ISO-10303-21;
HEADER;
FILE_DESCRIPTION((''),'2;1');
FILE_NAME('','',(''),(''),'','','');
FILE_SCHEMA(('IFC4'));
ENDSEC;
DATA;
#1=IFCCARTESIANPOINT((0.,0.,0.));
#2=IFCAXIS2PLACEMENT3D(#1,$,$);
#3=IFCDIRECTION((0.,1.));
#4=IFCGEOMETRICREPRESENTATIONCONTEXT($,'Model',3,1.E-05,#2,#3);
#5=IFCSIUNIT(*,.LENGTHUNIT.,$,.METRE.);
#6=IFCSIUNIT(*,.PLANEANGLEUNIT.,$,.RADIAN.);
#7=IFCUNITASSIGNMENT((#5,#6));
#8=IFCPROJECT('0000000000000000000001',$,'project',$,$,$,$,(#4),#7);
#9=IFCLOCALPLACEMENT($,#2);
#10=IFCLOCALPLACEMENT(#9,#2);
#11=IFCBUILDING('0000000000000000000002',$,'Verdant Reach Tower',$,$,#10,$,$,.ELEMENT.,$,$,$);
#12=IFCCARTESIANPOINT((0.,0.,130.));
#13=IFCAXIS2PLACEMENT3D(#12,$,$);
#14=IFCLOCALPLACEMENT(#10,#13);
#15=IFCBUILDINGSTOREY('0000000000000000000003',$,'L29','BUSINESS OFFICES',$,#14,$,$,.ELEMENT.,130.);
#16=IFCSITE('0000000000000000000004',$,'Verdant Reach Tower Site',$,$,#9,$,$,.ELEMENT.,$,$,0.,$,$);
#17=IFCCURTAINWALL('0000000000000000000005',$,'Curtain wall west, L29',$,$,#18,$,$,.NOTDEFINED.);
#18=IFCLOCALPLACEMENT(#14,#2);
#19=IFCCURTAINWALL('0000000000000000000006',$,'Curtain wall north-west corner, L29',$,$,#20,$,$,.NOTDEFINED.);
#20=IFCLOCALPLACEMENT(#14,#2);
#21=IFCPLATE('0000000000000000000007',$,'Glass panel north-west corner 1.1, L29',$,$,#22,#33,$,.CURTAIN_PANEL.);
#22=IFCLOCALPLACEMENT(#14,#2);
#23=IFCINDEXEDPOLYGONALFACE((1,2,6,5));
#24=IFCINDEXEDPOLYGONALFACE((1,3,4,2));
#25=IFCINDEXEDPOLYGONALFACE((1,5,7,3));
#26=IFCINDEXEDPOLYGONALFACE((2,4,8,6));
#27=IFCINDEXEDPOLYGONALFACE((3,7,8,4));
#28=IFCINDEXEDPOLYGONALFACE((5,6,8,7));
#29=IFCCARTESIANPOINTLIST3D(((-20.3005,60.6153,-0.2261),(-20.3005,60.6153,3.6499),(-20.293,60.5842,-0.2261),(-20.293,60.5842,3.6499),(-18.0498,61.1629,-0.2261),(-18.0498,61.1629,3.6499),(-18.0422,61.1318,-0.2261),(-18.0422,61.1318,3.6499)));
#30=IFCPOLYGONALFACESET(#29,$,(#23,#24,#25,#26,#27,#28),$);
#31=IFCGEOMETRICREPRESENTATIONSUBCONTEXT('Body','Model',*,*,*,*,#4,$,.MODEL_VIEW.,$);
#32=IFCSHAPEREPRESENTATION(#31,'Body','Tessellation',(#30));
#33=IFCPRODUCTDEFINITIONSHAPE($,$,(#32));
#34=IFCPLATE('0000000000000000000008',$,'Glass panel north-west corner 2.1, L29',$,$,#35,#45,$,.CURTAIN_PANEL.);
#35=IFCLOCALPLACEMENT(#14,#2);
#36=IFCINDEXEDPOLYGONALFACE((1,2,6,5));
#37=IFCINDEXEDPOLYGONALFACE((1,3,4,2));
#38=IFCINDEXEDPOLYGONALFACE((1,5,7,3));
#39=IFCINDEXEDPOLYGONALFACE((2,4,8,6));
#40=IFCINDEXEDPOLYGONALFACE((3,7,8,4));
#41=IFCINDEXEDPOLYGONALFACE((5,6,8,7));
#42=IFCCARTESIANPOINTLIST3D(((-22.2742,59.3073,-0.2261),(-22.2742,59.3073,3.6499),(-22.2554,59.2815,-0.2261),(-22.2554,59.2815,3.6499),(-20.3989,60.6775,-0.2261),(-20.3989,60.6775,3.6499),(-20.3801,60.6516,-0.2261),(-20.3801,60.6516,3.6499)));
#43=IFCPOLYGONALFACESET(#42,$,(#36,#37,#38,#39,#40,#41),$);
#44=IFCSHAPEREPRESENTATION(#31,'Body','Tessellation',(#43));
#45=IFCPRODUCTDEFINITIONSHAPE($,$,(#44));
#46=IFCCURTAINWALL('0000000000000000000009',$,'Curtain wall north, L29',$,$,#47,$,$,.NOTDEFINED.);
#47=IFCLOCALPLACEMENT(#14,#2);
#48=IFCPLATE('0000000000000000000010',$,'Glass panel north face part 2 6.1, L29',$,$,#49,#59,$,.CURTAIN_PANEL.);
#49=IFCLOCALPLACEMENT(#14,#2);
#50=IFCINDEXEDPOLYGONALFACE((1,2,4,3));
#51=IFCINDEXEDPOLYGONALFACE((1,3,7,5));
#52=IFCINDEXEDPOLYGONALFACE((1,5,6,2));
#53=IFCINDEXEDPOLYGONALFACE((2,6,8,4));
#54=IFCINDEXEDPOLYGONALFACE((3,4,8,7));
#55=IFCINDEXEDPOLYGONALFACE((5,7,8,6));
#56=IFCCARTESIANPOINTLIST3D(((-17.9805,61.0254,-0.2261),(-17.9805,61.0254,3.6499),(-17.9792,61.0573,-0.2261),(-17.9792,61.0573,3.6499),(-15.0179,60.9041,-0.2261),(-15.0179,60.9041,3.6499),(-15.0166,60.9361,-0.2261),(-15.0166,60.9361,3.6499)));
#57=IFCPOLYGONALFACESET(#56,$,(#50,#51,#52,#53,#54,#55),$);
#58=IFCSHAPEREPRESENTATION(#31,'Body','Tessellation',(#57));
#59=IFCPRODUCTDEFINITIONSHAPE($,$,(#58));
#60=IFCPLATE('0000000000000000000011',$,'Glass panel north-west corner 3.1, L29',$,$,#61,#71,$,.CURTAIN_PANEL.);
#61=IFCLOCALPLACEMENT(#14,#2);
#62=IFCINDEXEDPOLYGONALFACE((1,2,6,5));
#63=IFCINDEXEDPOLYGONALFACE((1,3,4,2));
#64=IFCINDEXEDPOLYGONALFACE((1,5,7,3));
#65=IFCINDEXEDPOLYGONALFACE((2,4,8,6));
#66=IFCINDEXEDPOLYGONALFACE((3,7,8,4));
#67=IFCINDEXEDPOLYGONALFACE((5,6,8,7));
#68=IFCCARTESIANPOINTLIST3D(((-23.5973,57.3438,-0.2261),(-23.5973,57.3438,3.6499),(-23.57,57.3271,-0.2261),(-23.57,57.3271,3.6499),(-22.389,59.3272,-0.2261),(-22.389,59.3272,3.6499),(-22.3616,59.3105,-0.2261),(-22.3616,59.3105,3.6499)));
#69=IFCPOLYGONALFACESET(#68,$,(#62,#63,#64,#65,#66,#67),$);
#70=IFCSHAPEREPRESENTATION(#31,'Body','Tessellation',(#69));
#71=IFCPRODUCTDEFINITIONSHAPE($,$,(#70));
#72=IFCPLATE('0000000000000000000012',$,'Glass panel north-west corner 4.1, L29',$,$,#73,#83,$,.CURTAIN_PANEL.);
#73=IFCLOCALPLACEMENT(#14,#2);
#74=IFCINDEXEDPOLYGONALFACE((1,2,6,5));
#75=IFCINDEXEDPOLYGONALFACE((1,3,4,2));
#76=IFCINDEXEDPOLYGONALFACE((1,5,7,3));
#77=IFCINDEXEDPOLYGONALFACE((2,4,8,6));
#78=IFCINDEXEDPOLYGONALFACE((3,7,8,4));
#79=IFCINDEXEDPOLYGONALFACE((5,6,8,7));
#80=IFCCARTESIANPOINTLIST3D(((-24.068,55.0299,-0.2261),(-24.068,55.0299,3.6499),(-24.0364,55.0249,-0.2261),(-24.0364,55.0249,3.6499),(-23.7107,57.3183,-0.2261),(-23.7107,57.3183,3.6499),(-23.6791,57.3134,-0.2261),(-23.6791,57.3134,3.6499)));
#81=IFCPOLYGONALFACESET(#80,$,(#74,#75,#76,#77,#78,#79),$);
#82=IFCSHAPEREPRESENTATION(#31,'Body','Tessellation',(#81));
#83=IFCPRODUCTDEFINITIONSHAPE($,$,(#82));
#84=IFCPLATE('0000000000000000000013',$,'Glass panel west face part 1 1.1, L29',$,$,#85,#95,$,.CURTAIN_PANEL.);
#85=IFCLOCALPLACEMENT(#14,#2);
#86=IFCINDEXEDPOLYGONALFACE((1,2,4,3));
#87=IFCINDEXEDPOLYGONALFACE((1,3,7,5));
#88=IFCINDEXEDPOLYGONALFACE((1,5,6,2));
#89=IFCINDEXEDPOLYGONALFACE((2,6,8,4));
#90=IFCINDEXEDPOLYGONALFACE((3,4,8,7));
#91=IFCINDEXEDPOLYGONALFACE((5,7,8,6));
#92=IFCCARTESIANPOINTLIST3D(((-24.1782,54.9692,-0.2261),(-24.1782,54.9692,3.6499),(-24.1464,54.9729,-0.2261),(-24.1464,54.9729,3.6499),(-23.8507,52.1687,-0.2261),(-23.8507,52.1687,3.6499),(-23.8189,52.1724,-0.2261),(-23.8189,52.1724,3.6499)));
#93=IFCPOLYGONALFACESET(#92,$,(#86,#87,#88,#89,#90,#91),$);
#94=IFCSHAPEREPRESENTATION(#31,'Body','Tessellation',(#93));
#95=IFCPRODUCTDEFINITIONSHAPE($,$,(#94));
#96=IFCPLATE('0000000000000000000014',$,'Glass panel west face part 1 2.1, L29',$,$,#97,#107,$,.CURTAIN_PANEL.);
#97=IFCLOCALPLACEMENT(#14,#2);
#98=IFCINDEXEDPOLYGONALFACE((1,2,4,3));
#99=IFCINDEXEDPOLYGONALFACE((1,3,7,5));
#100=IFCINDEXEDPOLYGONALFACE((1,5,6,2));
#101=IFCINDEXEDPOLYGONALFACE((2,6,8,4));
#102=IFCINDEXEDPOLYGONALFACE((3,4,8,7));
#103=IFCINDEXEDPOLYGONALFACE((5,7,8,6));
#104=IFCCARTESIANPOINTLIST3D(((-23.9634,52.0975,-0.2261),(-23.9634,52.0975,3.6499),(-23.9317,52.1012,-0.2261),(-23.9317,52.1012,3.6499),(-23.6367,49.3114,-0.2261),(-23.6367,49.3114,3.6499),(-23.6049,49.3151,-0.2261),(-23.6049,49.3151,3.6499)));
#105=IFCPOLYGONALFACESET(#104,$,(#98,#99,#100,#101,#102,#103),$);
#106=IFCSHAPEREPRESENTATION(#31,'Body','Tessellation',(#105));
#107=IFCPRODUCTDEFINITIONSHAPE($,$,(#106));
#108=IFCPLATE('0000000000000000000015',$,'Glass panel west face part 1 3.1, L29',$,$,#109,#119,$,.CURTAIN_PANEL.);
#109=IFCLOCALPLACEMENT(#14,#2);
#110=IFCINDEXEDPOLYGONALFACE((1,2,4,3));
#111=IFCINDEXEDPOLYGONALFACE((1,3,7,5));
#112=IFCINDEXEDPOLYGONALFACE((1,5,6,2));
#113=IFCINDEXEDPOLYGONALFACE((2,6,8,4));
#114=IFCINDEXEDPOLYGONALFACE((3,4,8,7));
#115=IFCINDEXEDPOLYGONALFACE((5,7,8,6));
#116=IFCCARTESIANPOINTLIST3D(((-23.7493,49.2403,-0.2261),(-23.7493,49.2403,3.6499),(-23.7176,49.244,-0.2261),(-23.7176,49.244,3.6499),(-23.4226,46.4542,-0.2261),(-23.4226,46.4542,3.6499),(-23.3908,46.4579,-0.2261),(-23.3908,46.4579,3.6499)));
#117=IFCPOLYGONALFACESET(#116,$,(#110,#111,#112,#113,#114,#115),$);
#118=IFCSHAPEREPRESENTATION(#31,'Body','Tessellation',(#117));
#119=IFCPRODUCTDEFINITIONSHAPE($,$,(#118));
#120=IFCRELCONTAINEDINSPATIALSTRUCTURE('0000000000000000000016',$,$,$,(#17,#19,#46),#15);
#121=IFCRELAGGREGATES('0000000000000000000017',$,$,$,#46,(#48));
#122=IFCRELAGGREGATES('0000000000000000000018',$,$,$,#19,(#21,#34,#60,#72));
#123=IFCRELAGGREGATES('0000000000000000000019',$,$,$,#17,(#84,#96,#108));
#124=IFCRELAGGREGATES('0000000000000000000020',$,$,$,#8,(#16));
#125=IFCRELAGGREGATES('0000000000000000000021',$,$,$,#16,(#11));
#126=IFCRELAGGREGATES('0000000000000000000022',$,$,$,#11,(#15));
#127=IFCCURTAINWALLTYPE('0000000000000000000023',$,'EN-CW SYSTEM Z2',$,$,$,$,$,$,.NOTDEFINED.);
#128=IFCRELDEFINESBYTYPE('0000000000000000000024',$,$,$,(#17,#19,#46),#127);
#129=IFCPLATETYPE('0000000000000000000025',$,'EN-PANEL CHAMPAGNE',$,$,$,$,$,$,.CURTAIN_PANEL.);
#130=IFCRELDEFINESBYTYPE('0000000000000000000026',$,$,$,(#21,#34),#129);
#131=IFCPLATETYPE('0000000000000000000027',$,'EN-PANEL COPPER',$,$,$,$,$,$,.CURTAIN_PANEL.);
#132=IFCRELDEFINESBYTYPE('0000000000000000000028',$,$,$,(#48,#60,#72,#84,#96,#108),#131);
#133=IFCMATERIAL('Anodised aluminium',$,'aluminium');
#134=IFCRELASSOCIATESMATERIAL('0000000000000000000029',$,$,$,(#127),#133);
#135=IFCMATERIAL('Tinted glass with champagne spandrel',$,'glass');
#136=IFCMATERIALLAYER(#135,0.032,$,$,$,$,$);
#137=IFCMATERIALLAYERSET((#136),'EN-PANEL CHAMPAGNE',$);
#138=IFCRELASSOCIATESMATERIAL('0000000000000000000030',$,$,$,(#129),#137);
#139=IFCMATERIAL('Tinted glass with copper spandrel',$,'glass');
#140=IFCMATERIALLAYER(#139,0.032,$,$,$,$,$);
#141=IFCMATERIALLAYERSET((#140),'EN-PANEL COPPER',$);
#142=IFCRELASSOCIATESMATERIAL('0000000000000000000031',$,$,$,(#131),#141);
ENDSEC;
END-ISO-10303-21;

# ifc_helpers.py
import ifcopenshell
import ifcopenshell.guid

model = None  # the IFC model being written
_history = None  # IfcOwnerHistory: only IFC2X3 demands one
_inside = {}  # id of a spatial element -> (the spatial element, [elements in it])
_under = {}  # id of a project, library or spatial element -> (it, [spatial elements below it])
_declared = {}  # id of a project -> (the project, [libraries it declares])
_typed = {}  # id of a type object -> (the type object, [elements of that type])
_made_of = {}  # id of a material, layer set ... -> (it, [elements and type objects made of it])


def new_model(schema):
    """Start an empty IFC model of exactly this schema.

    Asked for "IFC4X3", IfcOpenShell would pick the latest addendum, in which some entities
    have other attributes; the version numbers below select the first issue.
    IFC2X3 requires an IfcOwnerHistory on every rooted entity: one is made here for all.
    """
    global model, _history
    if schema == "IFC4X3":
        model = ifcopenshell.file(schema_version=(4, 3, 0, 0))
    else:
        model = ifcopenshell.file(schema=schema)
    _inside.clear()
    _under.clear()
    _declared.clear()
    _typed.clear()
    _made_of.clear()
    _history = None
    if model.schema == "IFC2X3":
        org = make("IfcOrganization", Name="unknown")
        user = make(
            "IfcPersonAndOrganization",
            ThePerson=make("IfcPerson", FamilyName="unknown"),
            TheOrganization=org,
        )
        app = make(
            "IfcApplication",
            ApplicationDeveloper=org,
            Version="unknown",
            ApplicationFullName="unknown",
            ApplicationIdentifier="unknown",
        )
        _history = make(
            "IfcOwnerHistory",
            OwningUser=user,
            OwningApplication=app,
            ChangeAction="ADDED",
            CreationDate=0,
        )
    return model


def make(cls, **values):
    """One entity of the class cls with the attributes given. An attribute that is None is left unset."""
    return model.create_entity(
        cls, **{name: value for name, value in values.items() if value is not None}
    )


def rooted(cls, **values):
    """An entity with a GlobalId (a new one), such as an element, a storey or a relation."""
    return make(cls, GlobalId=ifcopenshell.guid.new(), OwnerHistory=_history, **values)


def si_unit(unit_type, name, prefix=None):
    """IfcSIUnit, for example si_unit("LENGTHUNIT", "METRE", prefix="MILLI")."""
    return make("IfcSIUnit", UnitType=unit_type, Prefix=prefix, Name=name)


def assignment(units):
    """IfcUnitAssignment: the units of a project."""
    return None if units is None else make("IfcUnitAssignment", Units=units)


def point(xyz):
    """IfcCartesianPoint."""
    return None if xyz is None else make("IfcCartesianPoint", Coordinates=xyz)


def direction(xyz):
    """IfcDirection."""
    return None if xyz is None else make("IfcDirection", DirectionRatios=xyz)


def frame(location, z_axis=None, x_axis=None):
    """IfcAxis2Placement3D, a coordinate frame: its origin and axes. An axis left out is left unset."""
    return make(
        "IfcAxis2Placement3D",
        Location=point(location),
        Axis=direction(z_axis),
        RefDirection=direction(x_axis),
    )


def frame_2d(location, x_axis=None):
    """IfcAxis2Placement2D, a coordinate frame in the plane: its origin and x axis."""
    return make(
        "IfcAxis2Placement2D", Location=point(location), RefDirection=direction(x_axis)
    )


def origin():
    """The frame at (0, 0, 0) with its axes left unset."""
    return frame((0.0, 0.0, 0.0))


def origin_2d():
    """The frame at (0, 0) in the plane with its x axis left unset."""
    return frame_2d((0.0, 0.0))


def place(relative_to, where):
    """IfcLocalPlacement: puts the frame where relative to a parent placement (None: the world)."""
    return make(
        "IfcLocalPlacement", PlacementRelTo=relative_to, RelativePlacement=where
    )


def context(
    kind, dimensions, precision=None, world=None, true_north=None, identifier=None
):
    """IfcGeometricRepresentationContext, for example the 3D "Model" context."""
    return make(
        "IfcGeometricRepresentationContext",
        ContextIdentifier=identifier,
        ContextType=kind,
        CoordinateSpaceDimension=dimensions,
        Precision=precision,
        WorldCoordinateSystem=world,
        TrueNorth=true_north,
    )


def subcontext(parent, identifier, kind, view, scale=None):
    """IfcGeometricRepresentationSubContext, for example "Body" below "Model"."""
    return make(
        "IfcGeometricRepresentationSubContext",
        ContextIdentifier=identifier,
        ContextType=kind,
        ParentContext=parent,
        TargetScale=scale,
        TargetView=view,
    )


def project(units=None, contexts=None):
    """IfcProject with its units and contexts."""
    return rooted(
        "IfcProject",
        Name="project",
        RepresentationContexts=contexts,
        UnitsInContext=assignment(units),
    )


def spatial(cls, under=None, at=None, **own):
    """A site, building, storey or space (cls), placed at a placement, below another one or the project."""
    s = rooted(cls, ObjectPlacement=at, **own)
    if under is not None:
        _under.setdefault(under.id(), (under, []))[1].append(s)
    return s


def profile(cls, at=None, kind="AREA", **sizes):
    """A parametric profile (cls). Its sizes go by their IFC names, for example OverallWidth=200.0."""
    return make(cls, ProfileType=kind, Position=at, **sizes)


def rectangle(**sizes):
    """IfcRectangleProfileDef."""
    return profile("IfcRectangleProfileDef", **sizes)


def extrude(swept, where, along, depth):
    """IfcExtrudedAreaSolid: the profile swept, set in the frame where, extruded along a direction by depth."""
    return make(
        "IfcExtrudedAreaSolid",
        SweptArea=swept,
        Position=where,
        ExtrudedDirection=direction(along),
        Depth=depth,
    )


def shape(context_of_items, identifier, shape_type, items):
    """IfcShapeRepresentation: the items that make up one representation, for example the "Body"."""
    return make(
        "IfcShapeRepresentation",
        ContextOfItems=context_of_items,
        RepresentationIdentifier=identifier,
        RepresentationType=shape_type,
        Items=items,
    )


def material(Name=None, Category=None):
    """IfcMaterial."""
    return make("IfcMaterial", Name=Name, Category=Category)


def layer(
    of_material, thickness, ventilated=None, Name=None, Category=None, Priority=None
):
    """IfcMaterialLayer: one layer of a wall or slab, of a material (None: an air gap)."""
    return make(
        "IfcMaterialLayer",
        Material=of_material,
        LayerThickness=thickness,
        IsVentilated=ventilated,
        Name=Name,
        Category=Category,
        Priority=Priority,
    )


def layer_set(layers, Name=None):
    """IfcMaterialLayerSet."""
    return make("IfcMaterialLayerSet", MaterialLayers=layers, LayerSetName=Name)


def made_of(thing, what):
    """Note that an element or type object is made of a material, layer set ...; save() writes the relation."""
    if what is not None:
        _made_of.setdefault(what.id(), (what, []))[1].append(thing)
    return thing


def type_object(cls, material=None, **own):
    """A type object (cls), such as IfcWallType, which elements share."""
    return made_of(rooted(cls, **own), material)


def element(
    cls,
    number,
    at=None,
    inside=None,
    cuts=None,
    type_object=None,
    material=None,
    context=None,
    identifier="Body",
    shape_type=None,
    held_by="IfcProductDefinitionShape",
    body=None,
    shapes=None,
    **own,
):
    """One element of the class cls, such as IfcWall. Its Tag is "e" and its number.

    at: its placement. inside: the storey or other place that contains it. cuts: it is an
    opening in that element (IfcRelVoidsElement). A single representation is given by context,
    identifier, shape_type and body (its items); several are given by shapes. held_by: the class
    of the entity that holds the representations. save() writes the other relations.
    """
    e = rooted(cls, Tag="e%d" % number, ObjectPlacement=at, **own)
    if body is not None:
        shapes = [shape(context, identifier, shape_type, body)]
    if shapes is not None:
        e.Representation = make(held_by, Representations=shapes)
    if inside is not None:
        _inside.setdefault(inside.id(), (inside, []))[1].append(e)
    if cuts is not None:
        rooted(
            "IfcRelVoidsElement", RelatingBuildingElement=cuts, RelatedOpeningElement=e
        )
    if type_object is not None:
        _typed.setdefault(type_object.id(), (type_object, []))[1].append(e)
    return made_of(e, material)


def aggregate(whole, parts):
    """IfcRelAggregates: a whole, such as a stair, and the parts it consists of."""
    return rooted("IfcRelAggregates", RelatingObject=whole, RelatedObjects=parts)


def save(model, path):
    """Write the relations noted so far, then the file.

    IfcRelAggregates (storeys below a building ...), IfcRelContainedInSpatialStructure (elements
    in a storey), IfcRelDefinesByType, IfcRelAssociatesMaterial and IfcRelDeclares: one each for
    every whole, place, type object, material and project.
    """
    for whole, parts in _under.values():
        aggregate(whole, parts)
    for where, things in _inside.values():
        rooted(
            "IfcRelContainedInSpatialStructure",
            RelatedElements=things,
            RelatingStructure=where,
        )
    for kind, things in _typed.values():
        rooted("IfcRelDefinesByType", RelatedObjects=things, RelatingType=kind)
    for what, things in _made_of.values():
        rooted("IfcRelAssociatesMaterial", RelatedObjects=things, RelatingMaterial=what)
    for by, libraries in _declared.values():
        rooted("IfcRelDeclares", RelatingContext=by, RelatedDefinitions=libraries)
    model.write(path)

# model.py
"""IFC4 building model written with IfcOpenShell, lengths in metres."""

from ifc_helpers import new_model, si_unit, direction, frame, origin, origin_2d, place, context, subcontext, project, spatial, rectangle, extrude, material, layer, layer_set, type_object, element, aggregate, save


model = new_model("IFC4")

# Units and contexts
model_context = context("Model", 3, precision=1e-05, world=origin(), true_north=direction((0.0, 1.0)))
body_context = subcontext(model_context, "Body", "Model", "MODEL_VIEW")
ifc_project = project(units=[si_unit("LENGTHUNIT", "METRE"), si_unit("PLANEANGLEUNIT", "RADIAN")], contexts=[model_context])

# Site, building, storey
site_placement = place(None, origin())
site = spatial("IfcSite", under=ifc_project, at=site_placement, Name="Verdant Reach Tower Site", CompositionType="ELEMENT", RefElevation=0.0)
building_placement = place(site_placement, origin())
building = spatial("IfcBuilding", under=site, at=building_placement, Name="Verdant Reach Tower", CompositionType="ELEMENT")
storey_placement = place(building_placement, frame((0.0, 0.0, 130.0)))
storey = spatial("IfcBuildingStorey", under=building, at=storey_placement, Name="L29", Description="BUSINESS OFFICES", CompositionType="ELEMENT", Elevation=130.0)

# Curtain wall
ifc_material_1 = material(Name="Anodised aluminium", Category="aluminium")
curtain_wall_type = type_object("IfcCurtainWallType", Name="EN-CW SYSTEM Z2", PredefinedType="NOTDEFINED", material=ifc_material_1)
curtain_wall_1_placement = place(storey_placement, origin())
curtain_wall_1 = element("IfcCurtainWall", 1, at=curtain_wall_1_placement, inside=storey, type_object=curtain_wall_type, Name="Curtain wall west, L29", PredefinedType="NOTDEFINED")

# Curtain wall, plates
curtain_wall_2_placement = place(storey_placement, origin())
curtain_wall_2 = element("IfcCurtainWall", 2, at=curtain_wall_2_placement, inside=storey, type_object=curtain_wall_type, Name="Curtain wall north-west corner, L29", PredefinedType="NOTDEFINED")
ifc_material_2 = material(Name="Tinted glass with champagne spandrel", Category="glass")
ifc_layer_1 = layer(ifc_material_2, 0.032)
ifc_layer_set_1 = layer_set([ifc_layer_1], Name="EN-PANEL CHAMPAGNE")
plate_type_1 = type_object("IfcPlateType", Name="EN-PANEL CHAMPAGNE", PredefinedType="CURTAIN_PANEL", material=ifc_layer_set_1)
plate_1_placement = place(storey_placement, frame((-19.1714, 60.8735, -0.2261), z_axis=(0.0, 0.0, 1.0), x_axis=(-0.971658, -0.236391, 0.0)))
plate_1 = element("IfcPlate", 3, at=plate_1_placement, type_object=plate_type_1, Name="Glass panel north-west corner 1.1, L29", PredefinedType="CURTAIN_PANEL", context=body_context, shape_type="SweptSolid", body=[
    extrude(rectangle(XDim=2.3164, YDim=0.032, at=origin_2d()), origin(), (0.0, 0.0, 1.0), 3.876),
])
plate_2_placement = place(storey_placement, frame((-21.3271, 59.9795, -0.2261), z_axis=(0.0, 0.0, 1.0), x_axis=(-0.807457, -0.589927, 0.0)))
plate_2 = element("IfcPlate", 4, at=plate_2_placement, type_object=plate_type_1, Name="Glass panel north-west corner 2.1, L29", PredefinedType="CURTAIN_PANEL", context=body_context, shape_type="SweptSolid", body=[
    extrude(rectangle(XDim=2.3225, YDim=0.032, at=origin_2d()), origin(), (0.0, 0.0, 1.0), 3.876),
])

# Curtain wall, plate
curtain_wall_3_placement = place(storey_placement, origin())
curtain_wall_3 = element("IfcCurtainWall", 5, at=curtain_wall_3_placement, inside=storey, type_object=curtain_wall_type, Name="Curtain wall north, L29", PredefinedType="NOTDEFINED")
ifc_material_3 = material(Name="Tinted glass with copper spandrel", Category="glass")
ifc_layer_2 = layer(ifc_material_3, 0.032)
ifc_layer_set_2 = layer_set([ifc_layer_2], Name="EN-PANEL COPPER")
plate_type_2 = type_object("IfcPlateType", Name="EN-PANEL COPPER", PredefinedType="CURTAIN_PANEL", material=ifc_layer_set_2)
plate_3_placement = place(storey_placement, frame((-16.4985, 60.9807, -0.2261), z_axis=(0.0, 0.0, 1.0), x_axis=(-0.999163, 0.0409, 0.0)))
plate_3 = element("IfcPlate", 6, at=plate_3_placement, type_object=plate_type_2, Name="Glass panel north face part 2 6.1, L29", PredefinedType="CURTAIN_PANEL", context=body_context, shape_type="SweptSolid", body=[
    extrude(rectangle(XDim=2.9651, YDim=0.032, at=origin_2d()), origin(), (0.0, 0.0, 1.0), 3.876),
])
aggregate(curtain_wall_3, [plate_3])

# Plates
plate_4_placement = place(storey_placement, frame((-22.9795, 58.3271, -0.2261), z_axis=(0.0, 0.0, 1.0), x_axis=(-0.520292, -0.853989, 0.0)))
plate_4 = element("IfcPlate", 7, at=plate_4_placement, type_object=plate_type_2, Name="Glass panel north-west corner 3.1, L29", PredefinedType="CURTAIN_PANEL", context=body_context, shape_type="SweptSolid", body=[
    extrude(rectangle(XDim=2.3225, YDim=0.032, at=origin_2d()), origin(), (0.0, 0.0, 1.0), 3.876),
])
plate_5_placement = place(storey_placement, frame((-23.8735, 56.1716, -0.2261), z_axis=(0.0, 0.0, 1.0), x_axis=(-0.154281, -0.988027, 0.0)))
plate_5 = element("IfcPlate", 8, at=plate_5_placement, type_object=plate_type_2, Name="Glass panel north-west corner 4.1, L29", PredefinedType="CURTAIN_PANEL", context=body_context, shape_type="SweptSolid", body=[
    extrude(rectangle(XDim=2.3162, YDim=0.032, at=origin_2d()), origin(), (0.0, 0.0, 1.0), 3.876),
])
aggregate(curtain_wall_2, [plate_1, plate_2, plate_4, plate_5])
plate_6_placement = place(storey_placement, frame((-23.9985, 53.5708, -0.2261), z_axis=(0.0, 0.0, 1.0), x_axis=(0.116147, -0.993232, 0.0)))
plate_6 = element("IfcPlate", 9, at=plate_6_placement, type_object=plate_type_2, Name="Glass panel west face part 1 1.1, L29", PredefinedType="CURTAIN_PANEL", context=body_context, shape_type="SweptSolid", body=[
    extrude(rectangle(XDim=2.8196, YDim=0.032, at=origin_2d()), origin(), (0.0, 0.0, 1.0), 3.876),
])
plate_7_placement = place(storey_placement, frame((-23.7842, 50.7063, -0.2261), z_axis=(0.0, 0.0, 1.0), x_axis=(0.116483, -0.993193, 0.0)))
plate_7 = element("IfcPlate", 10, at=plate_7_placement, type_object=plate_type_2, Name="Glass panel west face part 1 2.1, L29", PredefinedType="CURTAIN_PANEL", context=body_context, shape_type="SweptSolid", body=[
    extrude(rectangle(XDim=2.8052, YDim=0.032, at=origin_2d()), origin(), (0.0, 0.0, 1.0), 3.876),
])
plate_8_placement = place(storey_placement, frame((-23.5701, 47.8491, -0.2261), z_axis=(0.0, 0.0, 1.0), x_axis=(0.116483, -0.993193, 0.0)))
plate_8 = element("IfcPlate", 11, at=plate_8_placement, type_object=plate_type_2, Name="Glass panel west face part 1 3.1, L29", PredefinedType="CURTAIN_PANEL", context=body_context, shape_type="SweptSolid", body=[
    extrude(rectangle(XDim=2.8052, YDim=0.032, at=origin_2d()), origin(), (0.0, 0.0, 1.0), 3.876),
])
aggregate(curtain_wall_1, [plate_6, plate_7, plate_8])

save(model, "model.ifc")
